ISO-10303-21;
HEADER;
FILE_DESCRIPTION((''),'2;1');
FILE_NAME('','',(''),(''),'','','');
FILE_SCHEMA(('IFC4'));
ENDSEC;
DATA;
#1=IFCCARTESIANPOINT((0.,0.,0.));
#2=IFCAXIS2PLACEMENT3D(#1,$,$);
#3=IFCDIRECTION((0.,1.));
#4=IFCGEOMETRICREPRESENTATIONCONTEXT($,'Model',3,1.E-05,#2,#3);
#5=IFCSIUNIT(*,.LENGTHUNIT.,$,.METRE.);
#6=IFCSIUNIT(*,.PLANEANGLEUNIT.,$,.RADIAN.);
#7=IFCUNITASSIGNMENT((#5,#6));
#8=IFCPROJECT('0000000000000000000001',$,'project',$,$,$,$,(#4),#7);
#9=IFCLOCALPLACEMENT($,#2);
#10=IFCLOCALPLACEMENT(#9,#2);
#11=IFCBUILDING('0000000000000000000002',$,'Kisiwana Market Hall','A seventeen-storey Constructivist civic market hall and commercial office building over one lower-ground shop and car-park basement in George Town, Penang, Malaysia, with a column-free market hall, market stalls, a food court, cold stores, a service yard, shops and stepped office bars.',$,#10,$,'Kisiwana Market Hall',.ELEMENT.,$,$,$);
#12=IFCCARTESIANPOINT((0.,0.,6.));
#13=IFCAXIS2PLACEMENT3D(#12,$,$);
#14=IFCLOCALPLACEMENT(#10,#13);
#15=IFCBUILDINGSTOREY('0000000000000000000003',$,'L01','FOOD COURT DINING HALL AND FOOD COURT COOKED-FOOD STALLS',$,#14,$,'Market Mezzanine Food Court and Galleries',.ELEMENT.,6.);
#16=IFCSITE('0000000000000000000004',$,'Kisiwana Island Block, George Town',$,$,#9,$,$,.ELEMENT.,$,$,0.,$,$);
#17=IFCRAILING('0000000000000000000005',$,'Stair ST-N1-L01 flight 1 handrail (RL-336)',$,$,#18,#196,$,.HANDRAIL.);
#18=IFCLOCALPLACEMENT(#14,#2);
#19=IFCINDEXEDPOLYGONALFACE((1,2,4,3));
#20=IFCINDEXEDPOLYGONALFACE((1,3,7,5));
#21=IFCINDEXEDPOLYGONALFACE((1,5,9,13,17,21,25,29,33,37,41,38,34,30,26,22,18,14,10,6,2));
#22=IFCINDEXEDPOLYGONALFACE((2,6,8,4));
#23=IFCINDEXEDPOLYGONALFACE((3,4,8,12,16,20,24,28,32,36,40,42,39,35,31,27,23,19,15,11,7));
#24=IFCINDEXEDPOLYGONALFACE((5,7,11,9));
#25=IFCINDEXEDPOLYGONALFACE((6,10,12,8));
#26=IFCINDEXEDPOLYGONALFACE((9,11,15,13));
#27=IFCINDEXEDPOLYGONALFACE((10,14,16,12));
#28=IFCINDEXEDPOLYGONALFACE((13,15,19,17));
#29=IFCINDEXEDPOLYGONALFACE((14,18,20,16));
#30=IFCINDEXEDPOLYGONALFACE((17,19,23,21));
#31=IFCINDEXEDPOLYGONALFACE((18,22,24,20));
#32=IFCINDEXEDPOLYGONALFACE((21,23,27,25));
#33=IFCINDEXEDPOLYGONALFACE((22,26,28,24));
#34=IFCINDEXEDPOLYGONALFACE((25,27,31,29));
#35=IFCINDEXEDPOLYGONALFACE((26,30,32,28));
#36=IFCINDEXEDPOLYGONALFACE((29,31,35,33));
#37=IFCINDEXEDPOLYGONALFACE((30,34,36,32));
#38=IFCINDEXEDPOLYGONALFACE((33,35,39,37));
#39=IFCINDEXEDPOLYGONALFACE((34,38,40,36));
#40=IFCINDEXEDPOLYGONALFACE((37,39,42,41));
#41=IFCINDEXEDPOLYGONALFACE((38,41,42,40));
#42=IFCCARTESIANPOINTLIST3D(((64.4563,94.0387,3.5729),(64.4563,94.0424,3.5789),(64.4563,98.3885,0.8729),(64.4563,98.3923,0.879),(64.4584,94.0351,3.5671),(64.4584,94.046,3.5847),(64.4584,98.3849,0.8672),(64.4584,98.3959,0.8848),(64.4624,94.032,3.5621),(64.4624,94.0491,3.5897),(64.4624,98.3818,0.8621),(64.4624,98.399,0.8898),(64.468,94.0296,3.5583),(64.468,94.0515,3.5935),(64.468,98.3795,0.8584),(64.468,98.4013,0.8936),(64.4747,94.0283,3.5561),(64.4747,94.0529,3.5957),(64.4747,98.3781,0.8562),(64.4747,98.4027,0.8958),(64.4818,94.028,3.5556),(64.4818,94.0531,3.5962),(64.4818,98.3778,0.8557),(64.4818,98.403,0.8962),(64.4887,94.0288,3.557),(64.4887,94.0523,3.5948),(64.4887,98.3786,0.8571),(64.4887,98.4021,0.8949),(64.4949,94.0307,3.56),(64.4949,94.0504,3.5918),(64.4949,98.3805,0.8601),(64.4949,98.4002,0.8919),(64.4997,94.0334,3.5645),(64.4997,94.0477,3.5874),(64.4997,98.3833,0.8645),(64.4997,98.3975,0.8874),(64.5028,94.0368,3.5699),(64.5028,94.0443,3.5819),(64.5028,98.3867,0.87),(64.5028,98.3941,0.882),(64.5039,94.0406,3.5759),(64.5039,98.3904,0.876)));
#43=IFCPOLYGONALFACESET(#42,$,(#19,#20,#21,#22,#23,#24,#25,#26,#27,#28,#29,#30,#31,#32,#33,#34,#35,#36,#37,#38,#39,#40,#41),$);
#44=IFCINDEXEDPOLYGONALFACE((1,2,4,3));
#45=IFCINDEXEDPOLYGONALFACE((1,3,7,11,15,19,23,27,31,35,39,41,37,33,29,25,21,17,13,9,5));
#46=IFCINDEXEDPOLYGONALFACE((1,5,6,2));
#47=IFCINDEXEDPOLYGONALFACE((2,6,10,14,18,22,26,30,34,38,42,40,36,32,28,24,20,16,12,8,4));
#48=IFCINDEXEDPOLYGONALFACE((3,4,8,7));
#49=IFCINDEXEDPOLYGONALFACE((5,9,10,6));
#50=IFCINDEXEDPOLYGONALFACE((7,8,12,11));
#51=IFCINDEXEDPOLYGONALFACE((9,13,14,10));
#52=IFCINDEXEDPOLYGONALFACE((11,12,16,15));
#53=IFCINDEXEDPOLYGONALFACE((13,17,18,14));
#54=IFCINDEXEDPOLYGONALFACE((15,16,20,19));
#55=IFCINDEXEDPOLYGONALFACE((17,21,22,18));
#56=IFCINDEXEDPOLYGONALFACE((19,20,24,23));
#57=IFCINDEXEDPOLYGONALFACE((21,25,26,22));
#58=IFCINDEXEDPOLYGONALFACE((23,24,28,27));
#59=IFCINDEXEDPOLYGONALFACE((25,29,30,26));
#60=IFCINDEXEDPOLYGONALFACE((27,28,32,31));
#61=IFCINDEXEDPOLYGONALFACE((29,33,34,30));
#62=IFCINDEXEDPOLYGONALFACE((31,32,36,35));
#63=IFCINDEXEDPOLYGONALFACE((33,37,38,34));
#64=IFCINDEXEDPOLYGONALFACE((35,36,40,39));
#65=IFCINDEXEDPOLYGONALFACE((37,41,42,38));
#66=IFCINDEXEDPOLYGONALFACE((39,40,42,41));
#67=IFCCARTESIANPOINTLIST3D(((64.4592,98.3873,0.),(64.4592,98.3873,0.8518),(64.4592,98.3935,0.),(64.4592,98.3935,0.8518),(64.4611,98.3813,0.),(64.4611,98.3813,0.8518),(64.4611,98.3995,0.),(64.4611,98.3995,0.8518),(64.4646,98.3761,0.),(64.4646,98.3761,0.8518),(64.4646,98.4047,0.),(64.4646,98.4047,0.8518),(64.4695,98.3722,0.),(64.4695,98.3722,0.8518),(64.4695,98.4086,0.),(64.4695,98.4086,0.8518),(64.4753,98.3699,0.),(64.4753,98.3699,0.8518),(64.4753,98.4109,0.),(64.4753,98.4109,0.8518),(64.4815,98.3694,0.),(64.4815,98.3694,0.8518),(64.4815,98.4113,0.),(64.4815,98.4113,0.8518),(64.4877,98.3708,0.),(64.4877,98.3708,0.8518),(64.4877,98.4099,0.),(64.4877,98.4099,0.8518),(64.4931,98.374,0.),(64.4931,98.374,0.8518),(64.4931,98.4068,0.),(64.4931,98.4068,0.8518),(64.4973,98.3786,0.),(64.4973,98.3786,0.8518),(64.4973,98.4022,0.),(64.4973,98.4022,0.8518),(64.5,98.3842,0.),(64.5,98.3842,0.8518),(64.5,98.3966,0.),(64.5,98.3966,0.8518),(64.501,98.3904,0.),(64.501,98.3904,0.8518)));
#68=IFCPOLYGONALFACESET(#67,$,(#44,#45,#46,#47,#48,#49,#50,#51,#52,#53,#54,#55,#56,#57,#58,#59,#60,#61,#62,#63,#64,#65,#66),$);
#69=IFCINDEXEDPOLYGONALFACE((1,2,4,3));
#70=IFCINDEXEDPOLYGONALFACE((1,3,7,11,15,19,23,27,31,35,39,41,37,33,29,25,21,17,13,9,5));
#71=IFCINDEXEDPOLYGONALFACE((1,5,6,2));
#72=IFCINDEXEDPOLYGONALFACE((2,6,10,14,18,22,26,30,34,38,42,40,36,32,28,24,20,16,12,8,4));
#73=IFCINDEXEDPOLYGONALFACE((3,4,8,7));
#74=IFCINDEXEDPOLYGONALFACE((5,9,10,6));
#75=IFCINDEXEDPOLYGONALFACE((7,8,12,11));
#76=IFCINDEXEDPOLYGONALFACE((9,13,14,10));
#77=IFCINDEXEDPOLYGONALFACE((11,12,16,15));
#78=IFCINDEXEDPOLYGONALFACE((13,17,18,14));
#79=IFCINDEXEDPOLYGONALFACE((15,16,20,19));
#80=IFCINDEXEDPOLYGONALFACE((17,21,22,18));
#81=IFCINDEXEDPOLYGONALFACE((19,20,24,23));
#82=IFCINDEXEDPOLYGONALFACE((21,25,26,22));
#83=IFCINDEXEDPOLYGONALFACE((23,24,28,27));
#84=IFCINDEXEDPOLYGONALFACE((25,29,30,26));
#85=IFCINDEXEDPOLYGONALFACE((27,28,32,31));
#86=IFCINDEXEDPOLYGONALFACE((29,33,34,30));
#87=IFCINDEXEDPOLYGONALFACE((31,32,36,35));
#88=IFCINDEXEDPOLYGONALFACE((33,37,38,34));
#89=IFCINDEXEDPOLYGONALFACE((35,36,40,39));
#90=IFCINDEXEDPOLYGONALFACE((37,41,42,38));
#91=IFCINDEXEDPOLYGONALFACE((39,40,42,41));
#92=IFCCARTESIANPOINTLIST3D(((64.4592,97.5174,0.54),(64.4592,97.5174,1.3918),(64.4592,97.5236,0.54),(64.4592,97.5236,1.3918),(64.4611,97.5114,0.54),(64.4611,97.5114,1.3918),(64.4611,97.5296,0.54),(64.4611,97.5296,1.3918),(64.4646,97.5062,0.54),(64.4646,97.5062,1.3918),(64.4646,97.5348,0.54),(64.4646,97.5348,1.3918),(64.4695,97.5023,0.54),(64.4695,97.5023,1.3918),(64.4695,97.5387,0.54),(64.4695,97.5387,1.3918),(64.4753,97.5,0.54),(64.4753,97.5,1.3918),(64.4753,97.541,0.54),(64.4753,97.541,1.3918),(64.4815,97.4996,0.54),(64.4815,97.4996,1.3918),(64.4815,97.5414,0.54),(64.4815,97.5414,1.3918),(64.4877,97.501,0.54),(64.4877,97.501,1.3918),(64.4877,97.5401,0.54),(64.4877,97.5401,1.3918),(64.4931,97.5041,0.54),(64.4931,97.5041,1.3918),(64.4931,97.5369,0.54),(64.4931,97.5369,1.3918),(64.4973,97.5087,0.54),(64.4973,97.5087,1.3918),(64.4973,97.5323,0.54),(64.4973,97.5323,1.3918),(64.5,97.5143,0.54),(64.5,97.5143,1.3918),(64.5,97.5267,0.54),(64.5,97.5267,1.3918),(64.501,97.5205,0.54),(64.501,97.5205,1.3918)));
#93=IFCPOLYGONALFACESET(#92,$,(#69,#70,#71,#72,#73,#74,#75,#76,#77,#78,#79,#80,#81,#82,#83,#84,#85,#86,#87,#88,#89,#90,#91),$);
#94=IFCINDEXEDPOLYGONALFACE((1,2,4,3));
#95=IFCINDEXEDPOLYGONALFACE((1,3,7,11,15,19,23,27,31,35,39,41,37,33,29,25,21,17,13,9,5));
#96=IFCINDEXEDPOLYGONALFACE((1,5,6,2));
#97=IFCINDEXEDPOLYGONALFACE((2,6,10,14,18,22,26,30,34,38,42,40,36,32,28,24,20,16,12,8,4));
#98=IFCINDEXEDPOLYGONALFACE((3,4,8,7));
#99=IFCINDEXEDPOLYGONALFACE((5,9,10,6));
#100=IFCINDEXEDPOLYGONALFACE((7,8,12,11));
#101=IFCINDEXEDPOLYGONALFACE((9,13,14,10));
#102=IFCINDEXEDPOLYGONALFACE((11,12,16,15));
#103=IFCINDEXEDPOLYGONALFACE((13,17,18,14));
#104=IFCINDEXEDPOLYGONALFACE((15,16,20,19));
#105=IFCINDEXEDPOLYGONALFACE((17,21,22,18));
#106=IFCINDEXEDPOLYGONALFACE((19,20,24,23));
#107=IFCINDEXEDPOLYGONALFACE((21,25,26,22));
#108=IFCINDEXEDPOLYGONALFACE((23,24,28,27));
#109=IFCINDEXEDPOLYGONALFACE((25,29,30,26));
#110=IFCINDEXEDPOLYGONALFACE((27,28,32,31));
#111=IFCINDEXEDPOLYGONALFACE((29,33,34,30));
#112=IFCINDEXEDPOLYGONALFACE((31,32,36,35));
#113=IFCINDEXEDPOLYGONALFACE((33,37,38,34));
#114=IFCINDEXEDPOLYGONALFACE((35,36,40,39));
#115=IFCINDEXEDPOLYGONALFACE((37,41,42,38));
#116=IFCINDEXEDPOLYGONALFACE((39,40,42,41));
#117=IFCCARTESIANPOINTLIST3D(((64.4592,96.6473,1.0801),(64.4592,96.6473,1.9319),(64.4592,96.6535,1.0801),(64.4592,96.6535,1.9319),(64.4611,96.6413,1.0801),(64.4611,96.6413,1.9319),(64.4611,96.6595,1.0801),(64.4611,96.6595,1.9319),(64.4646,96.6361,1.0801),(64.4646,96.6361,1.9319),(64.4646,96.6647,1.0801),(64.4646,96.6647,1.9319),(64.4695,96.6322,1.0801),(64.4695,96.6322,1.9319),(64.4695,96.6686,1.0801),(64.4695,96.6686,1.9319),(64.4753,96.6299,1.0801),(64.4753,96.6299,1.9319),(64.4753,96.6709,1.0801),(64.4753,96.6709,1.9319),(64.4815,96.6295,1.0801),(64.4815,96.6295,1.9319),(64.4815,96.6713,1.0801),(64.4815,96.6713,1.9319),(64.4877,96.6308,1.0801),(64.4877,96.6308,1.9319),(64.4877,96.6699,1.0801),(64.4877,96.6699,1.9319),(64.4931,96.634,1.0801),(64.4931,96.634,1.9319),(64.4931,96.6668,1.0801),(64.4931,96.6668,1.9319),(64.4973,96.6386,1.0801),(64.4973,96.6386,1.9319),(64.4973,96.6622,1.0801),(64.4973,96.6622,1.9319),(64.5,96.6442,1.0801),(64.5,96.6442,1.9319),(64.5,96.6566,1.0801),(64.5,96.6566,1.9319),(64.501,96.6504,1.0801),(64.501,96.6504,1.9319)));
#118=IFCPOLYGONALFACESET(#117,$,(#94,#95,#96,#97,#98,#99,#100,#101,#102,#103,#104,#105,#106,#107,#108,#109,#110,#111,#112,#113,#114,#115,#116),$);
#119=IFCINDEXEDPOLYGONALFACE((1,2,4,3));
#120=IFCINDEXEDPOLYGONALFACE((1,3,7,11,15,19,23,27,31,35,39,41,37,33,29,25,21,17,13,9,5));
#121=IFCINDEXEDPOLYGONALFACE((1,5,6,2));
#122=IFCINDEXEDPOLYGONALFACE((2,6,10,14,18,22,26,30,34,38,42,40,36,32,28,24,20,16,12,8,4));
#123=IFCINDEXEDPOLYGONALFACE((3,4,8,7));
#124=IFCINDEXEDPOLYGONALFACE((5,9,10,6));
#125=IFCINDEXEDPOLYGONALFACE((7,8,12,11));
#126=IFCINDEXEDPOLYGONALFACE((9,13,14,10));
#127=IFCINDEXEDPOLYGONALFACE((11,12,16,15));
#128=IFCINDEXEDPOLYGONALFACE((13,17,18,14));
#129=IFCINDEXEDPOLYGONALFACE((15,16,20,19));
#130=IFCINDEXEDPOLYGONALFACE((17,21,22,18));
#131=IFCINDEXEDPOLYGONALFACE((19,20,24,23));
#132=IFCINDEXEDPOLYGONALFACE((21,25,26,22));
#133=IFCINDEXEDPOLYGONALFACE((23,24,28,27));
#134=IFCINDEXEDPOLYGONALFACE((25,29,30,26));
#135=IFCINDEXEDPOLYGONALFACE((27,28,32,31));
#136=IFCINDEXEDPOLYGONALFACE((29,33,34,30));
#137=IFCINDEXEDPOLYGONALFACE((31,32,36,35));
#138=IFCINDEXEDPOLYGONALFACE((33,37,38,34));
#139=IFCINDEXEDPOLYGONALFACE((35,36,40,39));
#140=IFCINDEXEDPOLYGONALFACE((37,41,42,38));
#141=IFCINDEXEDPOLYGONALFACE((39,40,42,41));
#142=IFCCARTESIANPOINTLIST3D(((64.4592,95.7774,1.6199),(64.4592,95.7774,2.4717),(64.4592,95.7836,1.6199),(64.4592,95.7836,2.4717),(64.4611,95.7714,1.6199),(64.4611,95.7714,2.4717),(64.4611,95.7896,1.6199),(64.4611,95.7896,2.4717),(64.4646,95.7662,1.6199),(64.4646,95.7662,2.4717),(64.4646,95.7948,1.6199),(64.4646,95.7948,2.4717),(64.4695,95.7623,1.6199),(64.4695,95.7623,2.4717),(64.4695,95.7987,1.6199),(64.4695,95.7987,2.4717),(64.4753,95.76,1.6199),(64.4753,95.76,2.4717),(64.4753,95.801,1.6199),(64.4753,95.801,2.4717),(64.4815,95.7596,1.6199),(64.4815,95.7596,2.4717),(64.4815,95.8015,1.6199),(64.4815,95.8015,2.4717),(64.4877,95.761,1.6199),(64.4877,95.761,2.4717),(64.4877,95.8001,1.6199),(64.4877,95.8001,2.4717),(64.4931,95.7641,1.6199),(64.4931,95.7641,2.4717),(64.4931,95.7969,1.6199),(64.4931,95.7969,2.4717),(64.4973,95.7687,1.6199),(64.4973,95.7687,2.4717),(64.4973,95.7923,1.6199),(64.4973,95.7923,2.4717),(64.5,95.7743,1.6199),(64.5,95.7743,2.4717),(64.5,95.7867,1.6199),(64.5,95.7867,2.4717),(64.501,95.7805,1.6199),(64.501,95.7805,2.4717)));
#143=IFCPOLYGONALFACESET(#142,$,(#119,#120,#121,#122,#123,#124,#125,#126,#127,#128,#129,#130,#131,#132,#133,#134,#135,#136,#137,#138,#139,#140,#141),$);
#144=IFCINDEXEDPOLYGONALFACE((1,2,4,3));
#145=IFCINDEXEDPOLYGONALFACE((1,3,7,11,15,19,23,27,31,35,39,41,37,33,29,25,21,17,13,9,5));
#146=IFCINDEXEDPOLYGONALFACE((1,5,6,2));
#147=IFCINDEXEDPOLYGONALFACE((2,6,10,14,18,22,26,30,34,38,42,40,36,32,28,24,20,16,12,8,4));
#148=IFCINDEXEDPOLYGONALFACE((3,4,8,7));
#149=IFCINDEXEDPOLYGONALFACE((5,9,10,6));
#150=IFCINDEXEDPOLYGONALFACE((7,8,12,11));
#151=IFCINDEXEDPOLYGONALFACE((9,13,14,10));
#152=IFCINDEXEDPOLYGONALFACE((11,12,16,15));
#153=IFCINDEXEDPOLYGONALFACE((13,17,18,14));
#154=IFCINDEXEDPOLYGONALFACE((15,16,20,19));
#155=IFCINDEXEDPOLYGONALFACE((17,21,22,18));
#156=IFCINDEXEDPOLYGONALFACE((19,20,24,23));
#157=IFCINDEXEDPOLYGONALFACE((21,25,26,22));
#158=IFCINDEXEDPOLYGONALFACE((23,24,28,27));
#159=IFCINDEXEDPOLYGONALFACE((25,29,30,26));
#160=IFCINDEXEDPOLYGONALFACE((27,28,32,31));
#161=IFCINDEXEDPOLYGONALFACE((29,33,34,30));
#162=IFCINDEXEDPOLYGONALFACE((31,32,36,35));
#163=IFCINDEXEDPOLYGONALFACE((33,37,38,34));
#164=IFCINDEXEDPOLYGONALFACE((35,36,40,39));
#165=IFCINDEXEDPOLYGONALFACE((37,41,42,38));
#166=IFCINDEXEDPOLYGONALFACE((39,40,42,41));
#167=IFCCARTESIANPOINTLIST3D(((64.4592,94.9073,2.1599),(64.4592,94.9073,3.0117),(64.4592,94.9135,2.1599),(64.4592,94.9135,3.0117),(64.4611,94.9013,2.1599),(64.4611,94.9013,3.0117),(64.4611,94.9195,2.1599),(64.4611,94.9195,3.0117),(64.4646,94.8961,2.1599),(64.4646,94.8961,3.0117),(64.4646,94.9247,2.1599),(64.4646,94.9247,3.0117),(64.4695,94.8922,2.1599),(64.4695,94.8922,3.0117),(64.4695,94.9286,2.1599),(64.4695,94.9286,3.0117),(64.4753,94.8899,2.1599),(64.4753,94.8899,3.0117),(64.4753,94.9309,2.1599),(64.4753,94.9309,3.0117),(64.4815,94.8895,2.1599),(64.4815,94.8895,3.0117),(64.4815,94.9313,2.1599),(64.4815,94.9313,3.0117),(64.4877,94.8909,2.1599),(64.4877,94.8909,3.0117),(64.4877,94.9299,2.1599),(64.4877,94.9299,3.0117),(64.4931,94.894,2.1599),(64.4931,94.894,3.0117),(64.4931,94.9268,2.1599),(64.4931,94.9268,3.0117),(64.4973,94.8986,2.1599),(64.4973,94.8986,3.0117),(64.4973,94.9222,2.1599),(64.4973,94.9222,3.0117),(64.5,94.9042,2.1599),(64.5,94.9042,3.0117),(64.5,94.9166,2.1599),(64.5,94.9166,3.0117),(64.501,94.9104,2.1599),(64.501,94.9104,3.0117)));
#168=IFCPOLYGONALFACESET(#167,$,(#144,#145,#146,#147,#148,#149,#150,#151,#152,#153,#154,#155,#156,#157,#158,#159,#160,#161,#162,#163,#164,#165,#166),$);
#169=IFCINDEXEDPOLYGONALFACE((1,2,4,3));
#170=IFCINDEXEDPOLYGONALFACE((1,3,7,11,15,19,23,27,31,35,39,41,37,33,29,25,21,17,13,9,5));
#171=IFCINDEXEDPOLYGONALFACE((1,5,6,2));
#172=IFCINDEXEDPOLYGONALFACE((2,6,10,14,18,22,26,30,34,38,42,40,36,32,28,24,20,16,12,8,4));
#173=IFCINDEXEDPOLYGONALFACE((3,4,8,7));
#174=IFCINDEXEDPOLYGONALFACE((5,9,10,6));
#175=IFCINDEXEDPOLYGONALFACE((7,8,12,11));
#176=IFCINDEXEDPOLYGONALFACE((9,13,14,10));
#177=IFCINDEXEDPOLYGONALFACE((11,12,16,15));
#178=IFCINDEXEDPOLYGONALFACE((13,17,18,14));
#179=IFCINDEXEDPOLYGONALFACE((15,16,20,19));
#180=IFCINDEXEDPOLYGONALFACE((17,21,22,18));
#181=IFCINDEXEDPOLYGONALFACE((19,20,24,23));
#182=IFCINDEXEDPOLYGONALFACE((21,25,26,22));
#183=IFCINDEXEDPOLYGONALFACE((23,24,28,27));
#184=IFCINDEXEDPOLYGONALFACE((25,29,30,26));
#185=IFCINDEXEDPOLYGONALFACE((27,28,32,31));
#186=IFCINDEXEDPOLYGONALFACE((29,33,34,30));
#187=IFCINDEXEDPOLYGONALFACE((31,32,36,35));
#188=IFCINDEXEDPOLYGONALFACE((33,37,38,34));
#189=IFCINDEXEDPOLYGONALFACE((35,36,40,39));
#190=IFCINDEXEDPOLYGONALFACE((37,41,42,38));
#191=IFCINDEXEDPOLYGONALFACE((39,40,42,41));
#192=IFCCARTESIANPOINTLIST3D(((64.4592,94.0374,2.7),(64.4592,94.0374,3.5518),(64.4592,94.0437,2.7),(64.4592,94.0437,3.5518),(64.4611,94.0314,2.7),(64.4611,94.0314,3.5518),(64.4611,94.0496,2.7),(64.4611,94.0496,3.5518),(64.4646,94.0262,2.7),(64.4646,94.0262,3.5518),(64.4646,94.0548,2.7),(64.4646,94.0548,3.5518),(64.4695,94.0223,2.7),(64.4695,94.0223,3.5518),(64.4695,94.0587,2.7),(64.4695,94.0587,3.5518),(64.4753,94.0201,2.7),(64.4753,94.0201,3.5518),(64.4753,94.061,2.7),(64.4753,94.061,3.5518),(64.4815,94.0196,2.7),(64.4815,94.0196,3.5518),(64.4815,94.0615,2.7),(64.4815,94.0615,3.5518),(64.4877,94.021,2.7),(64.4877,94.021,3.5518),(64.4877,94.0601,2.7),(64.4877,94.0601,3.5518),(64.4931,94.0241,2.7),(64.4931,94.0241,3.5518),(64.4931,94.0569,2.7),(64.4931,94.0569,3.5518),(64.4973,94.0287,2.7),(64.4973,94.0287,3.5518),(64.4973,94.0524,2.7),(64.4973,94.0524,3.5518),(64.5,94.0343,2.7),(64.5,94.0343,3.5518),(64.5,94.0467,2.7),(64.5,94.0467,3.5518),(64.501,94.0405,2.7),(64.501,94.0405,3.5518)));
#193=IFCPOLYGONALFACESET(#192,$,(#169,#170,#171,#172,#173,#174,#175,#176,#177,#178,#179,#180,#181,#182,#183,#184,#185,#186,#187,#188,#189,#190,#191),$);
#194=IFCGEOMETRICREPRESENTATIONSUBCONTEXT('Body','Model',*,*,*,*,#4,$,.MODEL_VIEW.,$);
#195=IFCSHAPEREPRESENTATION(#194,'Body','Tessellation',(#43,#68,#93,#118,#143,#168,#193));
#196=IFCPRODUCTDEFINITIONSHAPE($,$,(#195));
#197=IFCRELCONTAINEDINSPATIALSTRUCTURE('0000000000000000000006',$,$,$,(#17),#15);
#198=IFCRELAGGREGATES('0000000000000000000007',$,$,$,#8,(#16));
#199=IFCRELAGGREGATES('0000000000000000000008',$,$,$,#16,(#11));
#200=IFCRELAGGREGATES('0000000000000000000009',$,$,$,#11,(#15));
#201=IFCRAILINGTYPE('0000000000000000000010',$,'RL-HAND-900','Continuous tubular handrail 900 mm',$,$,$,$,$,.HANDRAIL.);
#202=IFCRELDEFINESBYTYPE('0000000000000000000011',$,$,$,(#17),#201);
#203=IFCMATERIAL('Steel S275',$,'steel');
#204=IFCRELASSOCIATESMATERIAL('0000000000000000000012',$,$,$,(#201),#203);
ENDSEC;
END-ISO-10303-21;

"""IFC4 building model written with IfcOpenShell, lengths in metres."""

from ifc_helpers import new_model, si_unit, direction, frame, origin, origin_2d, place, context, subcontext, project, spatial, circle, extrude, material, type_object, element, save


model = new_model("IFC4")

# Units and contexts
model_context = context("Model", 3, precision=1e-05, world=origin(), true_north=direction((0.0, 1.0)))
body_context = subcontext(model_context, "Body", "Model", "MODEL_VIEW")
ifc_project = project(units=[si_unit("LENGTHUNIT", "METRE"), si_unit("PLANEANGLEUNIT", "RADIAN")], contexts=[model_context])

# Site, building, storey
site_placement = place(None, origin())
site = spatial("IfcSite", under=ifc_project, at=site_placement, Name="Kisiwana Island Block, George Town", CompositionType="ELEMENT", RefElevation=0.0)
building_placement = place(site_placement, origin())
building = spatial("IfcBuilding", under=site, at=building_placement, Name="Kisiwana Market Hall", Description="A seventeen-storey Constructivist civic market hall and commercial office building over one lower-ground shop and car-park basement in George Town, Penang, Malaysia, with a column-free market hall, market stalls, a food court, cold stores, a service yard, shops and stepped office bars.", LongName="Kisiwana Market Hall", CompositionType="ELEMENT")
storey_placement = place(building_placement, frame((0.0, 0.0, 6.0)))
storey = spatial("IfcBuildingStorey", under=building, at=storey_placement, Name="L01", Description="FOOD COURT DINING HALL AND FOOD COURT COOKED-FOOD STALLS", LongName="Market Mezzanine Food Court and Galleries", CompositionType="ELEMENT", Elevation=6.0)

# Railing
ifc_material_1 = material(Name="Steel S275", Category="steel")
railing_type_1 = type_object("IfcRailingType", Name="RL-HAND-900", Description="Continuous tubular handrail 900 mm", PredefinedType="HANDRAIL", material=ifc_material_1)
railing_1_placement = place(storey_placement, frame((64.48, 98.3904, 0.0)))
element("IfcRailing", 1, at=railing_1_placement, inside=storey, type_object=railing_type_1, Name="Stair ST-N1-L01 flight 1 handrail (RL-336)", PredefinedType="HANDRAIL", context=body_context, shape_type="SweptSolid", body=[
    extrude(circle(Radius=0.0239, at=origin_2d()), frame((0.0, 0.0, 0.876), z_axis=(0.0, -0.849636, 0.527369), x_axis=(1.0, 0.0, 0.0)), (0.0, 0.0, 1.0), 5.1196),
    extrude(circle(Radius=0.021, at=origin_2d()), origin(), (0.0, 0.0, 1.0), 0.8518),
    extrude(circle(Radius=0.021, at=origin_2d()), frame((0.0, -0.8699, 0.54)), (0.0, 0.0, 1.0), 0.8518),
    extrude(circle(Radius=0.021, at=origin_2d()), frame((0.0, -1.74, 1.0801)), (0.0, 0.0, 1.0), 0.8518),
    extrude(circle(Radius=0.021, at=origin_2d()), frame((0.0, -2.6099, 1.6199)), (0.0, 0.0, 1.0), 0.8518),
    extrude(circle(Radius=0.021, at=origin_2d()), frame((0.0, -3.48, 2.1599)), (0.0, 0.0, 1.0), 0.8518),
    extrude(circle(Radius=0.021, at=origin_2d()), frame((0.0, -4.3499, 2.7)), (0.0, 0.0, 1.0), 0.8518),
])

save(model, "model.ifc")
